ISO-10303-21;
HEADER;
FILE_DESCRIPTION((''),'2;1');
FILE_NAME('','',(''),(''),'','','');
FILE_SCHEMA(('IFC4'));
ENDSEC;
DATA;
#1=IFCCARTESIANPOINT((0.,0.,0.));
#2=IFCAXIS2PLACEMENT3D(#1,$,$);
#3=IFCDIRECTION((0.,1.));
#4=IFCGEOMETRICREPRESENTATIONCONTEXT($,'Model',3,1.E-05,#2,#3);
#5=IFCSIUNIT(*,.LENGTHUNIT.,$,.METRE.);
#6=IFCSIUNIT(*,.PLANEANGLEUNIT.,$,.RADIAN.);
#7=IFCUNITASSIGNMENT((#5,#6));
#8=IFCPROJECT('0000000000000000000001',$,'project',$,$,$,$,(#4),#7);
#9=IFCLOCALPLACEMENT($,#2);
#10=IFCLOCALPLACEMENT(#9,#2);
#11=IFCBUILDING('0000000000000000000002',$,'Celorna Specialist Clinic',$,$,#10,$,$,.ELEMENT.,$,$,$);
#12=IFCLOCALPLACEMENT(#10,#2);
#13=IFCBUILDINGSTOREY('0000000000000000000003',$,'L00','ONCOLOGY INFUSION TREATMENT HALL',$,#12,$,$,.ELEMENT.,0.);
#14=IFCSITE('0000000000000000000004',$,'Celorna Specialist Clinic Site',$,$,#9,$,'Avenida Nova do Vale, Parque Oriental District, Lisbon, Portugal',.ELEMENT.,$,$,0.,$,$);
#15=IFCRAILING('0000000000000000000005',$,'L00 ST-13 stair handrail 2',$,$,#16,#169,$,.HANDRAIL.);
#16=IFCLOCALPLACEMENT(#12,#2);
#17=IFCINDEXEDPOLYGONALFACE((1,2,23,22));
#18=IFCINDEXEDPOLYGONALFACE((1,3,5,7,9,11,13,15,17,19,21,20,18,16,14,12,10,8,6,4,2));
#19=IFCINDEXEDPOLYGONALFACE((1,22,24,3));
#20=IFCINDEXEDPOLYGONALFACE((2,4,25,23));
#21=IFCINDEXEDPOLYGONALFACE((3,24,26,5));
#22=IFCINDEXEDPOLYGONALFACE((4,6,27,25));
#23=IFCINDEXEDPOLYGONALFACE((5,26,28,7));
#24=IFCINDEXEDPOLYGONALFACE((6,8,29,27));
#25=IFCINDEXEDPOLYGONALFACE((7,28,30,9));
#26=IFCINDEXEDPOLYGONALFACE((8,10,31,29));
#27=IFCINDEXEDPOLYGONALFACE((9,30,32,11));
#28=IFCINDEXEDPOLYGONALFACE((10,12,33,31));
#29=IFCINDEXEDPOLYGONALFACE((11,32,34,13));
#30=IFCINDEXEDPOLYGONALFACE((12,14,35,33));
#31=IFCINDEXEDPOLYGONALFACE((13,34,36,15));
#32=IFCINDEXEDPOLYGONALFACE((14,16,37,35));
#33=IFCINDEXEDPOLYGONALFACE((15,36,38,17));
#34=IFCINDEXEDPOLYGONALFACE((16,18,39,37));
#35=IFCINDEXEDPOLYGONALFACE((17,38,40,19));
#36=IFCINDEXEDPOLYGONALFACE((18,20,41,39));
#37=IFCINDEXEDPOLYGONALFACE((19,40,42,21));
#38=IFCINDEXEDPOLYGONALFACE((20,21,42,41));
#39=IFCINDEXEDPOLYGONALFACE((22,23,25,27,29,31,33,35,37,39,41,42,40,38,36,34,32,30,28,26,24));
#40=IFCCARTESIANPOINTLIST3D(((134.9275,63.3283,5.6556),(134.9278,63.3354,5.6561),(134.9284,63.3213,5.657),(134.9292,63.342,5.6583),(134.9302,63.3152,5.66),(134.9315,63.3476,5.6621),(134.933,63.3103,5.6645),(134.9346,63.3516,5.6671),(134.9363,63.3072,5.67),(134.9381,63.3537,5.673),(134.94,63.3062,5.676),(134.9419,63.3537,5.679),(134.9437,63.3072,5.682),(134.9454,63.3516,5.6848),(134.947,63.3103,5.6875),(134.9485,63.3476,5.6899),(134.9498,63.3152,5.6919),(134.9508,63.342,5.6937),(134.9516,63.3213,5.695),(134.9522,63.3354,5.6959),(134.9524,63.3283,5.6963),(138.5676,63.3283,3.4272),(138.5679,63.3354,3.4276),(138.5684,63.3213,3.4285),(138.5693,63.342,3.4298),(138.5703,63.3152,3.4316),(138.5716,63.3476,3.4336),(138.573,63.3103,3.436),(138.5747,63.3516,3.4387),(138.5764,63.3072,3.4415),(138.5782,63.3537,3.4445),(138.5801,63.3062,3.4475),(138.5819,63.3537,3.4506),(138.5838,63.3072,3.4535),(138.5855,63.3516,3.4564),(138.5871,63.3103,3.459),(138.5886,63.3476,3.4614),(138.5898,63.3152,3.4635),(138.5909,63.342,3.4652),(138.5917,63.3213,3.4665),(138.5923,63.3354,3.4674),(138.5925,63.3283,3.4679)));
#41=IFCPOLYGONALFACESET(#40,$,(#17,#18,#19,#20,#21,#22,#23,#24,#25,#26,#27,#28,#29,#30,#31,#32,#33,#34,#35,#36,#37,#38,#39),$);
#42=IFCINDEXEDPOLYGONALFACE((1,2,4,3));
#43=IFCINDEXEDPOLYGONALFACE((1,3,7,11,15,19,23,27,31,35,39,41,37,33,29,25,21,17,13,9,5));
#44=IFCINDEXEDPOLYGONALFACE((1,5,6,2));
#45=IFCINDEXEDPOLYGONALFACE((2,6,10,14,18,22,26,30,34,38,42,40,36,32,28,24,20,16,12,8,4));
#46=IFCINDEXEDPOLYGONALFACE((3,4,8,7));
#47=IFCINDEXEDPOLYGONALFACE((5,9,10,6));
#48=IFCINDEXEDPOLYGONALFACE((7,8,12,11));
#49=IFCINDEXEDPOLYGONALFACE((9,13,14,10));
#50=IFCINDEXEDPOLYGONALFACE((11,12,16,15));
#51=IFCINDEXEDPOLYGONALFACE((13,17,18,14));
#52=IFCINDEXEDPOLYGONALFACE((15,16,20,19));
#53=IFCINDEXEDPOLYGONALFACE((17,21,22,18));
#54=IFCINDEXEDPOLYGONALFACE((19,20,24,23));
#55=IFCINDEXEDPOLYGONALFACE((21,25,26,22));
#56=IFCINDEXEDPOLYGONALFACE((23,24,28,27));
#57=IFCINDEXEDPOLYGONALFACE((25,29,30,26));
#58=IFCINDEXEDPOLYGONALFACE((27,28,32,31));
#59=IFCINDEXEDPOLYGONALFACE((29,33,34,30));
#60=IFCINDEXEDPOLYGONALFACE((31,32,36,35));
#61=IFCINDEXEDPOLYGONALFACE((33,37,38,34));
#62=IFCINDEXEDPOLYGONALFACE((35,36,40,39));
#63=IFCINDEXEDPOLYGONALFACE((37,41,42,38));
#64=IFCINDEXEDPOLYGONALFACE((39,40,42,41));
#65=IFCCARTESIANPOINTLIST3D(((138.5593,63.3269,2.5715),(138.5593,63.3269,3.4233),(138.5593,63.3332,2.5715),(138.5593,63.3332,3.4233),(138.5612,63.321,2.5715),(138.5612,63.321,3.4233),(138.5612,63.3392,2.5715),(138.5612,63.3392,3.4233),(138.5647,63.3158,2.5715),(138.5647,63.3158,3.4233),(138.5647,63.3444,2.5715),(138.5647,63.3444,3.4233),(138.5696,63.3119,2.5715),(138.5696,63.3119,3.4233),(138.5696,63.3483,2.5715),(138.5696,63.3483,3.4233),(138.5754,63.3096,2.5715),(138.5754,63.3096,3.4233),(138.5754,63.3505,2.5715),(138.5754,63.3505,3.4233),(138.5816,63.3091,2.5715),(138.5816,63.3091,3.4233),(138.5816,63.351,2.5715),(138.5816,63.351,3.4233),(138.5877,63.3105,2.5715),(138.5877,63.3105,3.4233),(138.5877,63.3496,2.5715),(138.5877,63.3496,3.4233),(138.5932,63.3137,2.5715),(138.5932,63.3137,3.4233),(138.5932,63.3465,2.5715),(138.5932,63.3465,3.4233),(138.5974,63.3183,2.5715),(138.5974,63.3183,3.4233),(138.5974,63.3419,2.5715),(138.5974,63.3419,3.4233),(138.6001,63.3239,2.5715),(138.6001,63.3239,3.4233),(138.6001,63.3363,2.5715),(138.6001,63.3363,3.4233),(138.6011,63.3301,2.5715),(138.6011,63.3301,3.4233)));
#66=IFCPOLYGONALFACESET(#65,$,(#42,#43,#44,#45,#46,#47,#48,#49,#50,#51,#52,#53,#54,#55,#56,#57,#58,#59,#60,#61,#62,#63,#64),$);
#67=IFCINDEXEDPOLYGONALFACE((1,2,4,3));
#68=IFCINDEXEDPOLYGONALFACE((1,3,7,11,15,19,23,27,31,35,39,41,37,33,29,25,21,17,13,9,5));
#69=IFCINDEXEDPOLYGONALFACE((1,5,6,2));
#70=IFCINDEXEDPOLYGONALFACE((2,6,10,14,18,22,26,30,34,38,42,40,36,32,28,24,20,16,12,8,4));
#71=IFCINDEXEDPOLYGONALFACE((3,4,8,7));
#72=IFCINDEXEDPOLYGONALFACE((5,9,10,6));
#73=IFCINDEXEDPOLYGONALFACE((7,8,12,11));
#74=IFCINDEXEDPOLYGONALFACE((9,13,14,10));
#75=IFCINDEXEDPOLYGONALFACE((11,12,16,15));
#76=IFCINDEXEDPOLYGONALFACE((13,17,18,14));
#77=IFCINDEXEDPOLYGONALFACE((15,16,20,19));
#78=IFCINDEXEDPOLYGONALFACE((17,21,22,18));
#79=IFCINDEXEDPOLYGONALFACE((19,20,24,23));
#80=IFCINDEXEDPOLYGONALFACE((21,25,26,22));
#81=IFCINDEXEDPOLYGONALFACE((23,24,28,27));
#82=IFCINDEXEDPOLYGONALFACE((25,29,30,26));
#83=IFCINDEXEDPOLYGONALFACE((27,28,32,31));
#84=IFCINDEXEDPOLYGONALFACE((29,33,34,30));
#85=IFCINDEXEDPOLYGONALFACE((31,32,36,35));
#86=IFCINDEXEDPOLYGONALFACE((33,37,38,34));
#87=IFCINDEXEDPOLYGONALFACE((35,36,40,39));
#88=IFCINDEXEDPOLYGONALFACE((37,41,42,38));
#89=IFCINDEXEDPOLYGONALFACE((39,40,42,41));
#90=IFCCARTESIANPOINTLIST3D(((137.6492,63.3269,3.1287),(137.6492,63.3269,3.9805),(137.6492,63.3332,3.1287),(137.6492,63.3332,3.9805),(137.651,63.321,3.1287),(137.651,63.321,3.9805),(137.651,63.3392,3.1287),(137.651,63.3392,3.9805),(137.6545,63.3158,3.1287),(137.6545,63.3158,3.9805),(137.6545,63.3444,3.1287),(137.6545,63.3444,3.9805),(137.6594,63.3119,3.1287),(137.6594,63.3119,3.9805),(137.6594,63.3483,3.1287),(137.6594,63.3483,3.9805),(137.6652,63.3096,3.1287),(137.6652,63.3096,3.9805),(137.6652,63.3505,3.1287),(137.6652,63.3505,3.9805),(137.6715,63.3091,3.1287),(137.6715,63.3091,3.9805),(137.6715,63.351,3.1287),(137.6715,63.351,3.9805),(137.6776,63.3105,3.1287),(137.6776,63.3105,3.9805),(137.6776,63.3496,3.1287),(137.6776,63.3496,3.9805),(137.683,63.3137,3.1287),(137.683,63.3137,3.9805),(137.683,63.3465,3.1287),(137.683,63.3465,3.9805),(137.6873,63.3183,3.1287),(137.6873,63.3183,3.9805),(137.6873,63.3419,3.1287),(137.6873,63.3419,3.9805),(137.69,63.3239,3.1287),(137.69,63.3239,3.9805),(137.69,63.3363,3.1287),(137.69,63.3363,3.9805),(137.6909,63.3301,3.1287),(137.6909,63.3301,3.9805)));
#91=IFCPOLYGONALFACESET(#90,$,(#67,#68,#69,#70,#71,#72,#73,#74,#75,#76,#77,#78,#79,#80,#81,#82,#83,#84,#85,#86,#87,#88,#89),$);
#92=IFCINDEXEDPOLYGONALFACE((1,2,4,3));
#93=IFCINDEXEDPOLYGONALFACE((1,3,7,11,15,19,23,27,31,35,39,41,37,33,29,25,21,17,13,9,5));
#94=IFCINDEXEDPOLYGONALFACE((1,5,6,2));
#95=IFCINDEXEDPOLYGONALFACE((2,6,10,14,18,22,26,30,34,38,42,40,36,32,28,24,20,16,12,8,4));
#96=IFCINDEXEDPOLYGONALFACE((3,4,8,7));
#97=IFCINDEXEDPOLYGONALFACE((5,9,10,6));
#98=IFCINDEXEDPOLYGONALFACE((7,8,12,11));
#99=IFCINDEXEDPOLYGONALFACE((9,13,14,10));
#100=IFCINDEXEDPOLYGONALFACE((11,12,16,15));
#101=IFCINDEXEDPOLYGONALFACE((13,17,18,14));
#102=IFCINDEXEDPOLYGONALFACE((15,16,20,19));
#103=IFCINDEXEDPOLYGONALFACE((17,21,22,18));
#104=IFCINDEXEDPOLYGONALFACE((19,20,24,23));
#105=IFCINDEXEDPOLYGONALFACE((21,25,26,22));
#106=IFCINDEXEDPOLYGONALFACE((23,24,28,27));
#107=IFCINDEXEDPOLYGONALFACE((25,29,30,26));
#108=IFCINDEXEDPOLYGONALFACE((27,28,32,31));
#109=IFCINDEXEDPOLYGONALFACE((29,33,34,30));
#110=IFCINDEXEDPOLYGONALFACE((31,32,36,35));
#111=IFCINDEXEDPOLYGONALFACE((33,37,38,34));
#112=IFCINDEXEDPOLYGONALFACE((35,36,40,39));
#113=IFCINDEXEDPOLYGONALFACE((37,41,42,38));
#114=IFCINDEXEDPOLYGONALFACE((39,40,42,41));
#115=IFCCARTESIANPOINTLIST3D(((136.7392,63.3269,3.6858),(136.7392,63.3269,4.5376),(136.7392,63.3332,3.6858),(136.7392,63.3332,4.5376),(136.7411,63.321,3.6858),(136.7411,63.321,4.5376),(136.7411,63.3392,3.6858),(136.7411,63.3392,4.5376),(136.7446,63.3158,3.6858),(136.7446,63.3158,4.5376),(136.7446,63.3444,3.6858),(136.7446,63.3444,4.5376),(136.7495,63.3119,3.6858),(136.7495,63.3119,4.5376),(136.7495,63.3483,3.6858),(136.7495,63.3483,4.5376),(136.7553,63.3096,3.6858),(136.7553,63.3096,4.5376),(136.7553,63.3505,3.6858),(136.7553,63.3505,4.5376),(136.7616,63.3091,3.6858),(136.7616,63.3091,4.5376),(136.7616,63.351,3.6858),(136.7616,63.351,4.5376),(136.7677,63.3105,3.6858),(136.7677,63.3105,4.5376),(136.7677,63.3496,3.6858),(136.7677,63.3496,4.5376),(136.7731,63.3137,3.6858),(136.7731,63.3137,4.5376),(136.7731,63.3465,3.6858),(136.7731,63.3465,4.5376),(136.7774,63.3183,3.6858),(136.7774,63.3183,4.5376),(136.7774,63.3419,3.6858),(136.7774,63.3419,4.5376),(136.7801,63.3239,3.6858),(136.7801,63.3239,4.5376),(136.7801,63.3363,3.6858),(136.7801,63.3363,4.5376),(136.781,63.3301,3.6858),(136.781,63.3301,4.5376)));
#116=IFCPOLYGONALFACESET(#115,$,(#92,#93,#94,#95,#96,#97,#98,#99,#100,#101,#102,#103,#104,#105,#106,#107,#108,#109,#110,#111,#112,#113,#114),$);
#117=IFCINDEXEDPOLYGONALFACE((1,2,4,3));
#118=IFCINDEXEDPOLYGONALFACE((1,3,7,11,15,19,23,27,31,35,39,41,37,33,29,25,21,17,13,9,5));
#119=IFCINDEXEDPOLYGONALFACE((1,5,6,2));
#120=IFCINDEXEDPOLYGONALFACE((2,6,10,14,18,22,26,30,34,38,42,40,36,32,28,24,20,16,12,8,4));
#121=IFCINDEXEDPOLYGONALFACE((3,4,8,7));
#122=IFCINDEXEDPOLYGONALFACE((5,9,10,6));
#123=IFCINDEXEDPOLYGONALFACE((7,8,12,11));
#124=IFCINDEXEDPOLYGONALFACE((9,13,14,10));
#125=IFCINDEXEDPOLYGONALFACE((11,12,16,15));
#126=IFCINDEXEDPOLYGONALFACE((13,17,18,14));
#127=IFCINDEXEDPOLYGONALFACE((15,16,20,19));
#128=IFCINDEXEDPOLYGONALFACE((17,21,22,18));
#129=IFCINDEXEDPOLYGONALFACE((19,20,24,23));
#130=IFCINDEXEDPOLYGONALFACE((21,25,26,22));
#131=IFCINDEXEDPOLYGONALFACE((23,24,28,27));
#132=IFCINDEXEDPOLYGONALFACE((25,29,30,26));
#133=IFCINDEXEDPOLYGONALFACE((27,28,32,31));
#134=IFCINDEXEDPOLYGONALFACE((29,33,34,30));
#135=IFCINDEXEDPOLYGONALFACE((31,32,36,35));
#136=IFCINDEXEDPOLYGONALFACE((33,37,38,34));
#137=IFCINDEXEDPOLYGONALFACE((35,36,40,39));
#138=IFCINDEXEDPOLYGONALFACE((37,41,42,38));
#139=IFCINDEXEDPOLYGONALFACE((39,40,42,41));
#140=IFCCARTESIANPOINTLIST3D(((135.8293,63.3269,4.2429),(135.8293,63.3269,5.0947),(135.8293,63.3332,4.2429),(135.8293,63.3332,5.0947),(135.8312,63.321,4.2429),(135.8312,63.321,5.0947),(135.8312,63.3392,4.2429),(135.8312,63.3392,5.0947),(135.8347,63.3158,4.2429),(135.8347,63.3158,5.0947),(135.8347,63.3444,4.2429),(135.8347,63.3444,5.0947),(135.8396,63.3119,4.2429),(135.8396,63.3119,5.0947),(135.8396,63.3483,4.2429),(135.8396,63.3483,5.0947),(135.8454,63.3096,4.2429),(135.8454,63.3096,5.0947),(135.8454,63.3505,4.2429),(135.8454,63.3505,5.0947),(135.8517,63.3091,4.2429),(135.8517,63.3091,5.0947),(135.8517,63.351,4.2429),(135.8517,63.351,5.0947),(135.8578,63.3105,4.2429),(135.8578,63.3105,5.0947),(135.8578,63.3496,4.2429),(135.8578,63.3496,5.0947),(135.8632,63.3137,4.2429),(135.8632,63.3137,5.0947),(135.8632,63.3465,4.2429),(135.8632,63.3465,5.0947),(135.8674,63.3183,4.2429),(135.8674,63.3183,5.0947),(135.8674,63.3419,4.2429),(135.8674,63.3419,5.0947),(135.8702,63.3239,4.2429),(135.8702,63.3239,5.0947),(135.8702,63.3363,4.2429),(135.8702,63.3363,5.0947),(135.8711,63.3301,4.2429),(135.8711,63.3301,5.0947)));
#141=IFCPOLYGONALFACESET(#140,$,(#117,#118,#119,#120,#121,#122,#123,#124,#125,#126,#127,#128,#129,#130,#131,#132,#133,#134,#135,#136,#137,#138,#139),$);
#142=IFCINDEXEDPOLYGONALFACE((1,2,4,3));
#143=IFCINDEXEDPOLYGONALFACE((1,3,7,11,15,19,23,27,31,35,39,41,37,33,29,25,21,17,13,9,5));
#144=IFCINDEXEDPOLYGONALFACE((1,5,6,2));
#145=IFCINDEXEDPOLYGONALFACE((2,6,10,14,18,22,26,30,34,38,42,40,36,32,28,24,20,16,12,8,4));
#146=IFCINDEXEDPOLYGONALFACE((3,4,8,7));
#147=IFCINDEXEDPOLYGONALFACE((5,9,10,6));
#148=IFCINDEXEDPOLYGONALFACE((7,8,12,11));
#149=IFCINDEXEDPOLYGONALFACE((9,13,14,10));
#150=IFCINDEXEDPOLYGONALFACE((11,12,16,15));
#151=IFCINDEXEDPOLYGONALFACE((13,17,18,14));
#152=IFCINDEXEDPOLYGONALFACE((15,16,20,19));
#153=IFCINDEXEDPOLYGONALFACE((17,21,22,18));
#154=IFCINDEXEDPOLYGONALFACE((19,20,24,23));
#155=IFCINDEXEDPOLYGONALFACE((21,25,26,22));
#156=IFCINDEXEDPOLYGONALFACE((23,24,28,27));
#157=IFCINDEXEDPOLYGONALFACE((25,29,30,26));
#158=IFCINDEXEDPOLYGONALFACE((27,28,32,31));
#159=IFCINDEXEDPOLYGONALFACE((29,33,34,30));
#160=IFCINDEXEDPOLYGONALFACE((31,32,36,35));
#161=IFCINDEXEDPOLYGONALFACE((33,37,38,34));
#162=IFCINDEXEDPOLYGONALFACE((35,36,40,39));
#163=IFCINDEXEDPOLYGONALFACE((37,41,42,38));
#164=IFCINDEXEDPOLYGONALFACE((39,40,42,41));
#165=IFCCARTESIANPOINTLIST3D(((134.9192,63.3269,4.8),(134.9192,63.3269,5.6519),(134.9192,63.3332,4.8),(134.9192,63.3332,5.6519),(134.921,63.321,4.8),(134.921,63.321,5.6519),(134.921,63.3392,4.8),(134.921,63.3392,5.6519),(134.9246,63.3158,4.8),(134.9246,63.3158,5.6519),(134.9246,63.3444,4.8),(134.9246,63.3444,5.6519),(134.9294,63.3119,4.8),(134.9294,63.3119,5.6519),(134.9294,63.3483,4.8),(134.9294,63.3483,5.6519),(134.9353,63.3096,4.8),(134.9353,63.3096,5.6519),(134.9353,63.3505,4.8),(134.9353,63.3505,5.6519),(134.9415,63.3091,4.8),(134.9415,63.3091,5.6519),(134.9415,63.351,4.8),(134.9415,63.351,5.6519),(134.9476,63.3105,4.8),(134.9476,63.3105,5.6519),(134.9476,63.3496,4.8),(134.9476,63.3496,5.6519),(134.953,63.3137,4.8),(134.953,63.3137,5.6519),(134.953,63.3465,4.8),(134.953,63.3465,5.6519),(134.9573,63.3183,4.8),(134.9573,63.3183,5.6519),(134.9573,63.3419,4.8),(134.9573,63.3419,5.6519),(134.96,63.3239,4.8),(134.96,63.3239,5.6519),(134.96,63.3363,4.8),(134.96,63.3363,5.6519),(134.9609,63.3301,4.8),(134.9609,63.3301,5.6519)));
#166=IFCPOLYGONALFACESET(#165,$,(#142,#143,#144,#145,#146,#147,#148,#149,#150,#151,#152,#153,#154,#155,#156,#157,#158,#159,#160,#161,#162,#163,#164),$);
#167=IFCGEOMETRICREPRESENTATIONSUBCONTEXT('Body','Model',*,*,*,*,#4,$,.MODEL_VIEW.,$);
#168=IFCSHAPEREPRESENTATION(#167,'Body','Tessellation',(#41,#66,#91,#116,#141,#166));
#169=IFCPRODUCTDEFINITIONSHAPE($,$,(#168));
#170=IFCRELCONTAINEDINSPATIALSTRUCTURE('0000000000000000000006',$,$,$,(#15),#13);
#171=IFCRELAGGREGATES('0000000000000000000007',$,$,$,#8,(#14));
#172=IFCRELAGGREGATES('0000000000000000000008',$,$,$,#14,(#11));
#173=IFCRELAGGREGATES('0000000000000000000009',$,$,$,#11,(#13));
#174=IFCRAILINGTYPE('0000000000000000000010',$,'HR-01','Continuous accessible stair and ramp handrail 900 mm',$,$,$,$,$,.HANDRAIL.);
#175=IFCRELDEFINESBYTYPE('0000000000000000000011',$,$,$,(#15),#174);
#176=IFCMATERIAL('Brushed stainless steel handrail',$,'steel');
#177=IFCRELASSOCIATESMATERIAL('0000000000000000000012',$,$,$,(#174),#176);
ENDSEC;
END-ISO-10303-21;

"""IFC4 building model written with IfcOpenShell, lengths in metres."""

from ifc_helpers import new_model, si_unit, direction, frame, origin, origin_2d, place, context, subcontext, project, spatial, circle, extrude, material, type_object, element, save


model = new_model("IFC4")

# Units and contexts
model_context = context("Model", 3, precision=1e-05, world=origin(), true_north=direction((0.0, 1.0)))
body_context = subcontext(model_context, "Body", "Model", "MODEL_VIEW")
ifc_project = project(units=[si_unit("LENGTHUNIT", "METRE"), si_unit("PLANEANGLEUNIT", "RADIAN")], contexts=[model_context])

# Site, building, storey
site_placement = place(None, origin())
site = spatial("IfcSite", under=ifc_project, at=site_placement, Name="Celorna Specialist Clinic Site", LongName="Avenida Nova do Vale, Parque Oriental District, Lisbon, Portugal", CompositionType="ELEMENT", RefElevation=0.0)
building_placement = place(site_placement, origin())
building = spatial("IfcBuilding", under=site, at=building_placement, Name="Celorna Specialist Clinic", CompositionType="ELEMENT")
storey_placement = place(building_placement, origin())
storey = spatial("IfcBuildingStorey", under=building, at=storey_placement, Name="L00", Description="ONCOLOGY INFUSION TREATMENT HALL", CompositionType="ELEMENT", Elevation=0.0)

# Railing
ifc_material_1 = material(Name="Brushed stainless steel handrail", Category="steel")
railing_type_1 = type_object("IfcRailingType", Name="HR-01", Description="Continuous accessible stair and ramp handrail 900 mm", PredefinedType="HANDRAIL", material=ifc_material_1)
railing_1_placement = place(storey_placement, frame((138.5801, 63.3301, 2.5715)))
element("IfcRailing", 1, at=railing_1_placement, inside=storey, type_object=railing_type_1, Name="L00 ST-13 stair handrail 2", PredefinedType="HANDRAIL", context=body_context, shape_type="SweptSolid", body=[
    extrude(circle(Radius=0.0239, at=origin_2d()), frame((0.0, 0.0, 0.876), z_axis=(-0.852866, 0.0, 0.52213), x_axis=(0.0, -1.0, 0.0)), (0.0, 0.0, 1.0), 4.2681),
    extrude(circle(Radius=0.021, at=origin_2d()), origin(), (0.0, 0.0, 1.0), 0.8518),
    extrude(circle(Radius=0.021, at=origin_2d()), frame((-0.9102, 0.0, 0.5571)), (0.0, 0.0, 1.0), 0.8518),
    extrude(circle(Radius=0.021, at=origin_2d()), frame((-1.8201, 0.0, 1.1143)), (0.0, 0.0, 1.0), 0.8518),
    extrude(circle(Radius=0.021, at=origin_2d()), frame((-2.73, 0.0, 1.6714)), (0.0, 0.0, 1.0), 0.8518),
    extrude(circle(Radius=0.021, at=origin_2d()), frame((-3.6401, 0.0, 2.2285)), (0.0, 0.0, 1.0), 0.8518),
])

save(model, "model.ifc")
